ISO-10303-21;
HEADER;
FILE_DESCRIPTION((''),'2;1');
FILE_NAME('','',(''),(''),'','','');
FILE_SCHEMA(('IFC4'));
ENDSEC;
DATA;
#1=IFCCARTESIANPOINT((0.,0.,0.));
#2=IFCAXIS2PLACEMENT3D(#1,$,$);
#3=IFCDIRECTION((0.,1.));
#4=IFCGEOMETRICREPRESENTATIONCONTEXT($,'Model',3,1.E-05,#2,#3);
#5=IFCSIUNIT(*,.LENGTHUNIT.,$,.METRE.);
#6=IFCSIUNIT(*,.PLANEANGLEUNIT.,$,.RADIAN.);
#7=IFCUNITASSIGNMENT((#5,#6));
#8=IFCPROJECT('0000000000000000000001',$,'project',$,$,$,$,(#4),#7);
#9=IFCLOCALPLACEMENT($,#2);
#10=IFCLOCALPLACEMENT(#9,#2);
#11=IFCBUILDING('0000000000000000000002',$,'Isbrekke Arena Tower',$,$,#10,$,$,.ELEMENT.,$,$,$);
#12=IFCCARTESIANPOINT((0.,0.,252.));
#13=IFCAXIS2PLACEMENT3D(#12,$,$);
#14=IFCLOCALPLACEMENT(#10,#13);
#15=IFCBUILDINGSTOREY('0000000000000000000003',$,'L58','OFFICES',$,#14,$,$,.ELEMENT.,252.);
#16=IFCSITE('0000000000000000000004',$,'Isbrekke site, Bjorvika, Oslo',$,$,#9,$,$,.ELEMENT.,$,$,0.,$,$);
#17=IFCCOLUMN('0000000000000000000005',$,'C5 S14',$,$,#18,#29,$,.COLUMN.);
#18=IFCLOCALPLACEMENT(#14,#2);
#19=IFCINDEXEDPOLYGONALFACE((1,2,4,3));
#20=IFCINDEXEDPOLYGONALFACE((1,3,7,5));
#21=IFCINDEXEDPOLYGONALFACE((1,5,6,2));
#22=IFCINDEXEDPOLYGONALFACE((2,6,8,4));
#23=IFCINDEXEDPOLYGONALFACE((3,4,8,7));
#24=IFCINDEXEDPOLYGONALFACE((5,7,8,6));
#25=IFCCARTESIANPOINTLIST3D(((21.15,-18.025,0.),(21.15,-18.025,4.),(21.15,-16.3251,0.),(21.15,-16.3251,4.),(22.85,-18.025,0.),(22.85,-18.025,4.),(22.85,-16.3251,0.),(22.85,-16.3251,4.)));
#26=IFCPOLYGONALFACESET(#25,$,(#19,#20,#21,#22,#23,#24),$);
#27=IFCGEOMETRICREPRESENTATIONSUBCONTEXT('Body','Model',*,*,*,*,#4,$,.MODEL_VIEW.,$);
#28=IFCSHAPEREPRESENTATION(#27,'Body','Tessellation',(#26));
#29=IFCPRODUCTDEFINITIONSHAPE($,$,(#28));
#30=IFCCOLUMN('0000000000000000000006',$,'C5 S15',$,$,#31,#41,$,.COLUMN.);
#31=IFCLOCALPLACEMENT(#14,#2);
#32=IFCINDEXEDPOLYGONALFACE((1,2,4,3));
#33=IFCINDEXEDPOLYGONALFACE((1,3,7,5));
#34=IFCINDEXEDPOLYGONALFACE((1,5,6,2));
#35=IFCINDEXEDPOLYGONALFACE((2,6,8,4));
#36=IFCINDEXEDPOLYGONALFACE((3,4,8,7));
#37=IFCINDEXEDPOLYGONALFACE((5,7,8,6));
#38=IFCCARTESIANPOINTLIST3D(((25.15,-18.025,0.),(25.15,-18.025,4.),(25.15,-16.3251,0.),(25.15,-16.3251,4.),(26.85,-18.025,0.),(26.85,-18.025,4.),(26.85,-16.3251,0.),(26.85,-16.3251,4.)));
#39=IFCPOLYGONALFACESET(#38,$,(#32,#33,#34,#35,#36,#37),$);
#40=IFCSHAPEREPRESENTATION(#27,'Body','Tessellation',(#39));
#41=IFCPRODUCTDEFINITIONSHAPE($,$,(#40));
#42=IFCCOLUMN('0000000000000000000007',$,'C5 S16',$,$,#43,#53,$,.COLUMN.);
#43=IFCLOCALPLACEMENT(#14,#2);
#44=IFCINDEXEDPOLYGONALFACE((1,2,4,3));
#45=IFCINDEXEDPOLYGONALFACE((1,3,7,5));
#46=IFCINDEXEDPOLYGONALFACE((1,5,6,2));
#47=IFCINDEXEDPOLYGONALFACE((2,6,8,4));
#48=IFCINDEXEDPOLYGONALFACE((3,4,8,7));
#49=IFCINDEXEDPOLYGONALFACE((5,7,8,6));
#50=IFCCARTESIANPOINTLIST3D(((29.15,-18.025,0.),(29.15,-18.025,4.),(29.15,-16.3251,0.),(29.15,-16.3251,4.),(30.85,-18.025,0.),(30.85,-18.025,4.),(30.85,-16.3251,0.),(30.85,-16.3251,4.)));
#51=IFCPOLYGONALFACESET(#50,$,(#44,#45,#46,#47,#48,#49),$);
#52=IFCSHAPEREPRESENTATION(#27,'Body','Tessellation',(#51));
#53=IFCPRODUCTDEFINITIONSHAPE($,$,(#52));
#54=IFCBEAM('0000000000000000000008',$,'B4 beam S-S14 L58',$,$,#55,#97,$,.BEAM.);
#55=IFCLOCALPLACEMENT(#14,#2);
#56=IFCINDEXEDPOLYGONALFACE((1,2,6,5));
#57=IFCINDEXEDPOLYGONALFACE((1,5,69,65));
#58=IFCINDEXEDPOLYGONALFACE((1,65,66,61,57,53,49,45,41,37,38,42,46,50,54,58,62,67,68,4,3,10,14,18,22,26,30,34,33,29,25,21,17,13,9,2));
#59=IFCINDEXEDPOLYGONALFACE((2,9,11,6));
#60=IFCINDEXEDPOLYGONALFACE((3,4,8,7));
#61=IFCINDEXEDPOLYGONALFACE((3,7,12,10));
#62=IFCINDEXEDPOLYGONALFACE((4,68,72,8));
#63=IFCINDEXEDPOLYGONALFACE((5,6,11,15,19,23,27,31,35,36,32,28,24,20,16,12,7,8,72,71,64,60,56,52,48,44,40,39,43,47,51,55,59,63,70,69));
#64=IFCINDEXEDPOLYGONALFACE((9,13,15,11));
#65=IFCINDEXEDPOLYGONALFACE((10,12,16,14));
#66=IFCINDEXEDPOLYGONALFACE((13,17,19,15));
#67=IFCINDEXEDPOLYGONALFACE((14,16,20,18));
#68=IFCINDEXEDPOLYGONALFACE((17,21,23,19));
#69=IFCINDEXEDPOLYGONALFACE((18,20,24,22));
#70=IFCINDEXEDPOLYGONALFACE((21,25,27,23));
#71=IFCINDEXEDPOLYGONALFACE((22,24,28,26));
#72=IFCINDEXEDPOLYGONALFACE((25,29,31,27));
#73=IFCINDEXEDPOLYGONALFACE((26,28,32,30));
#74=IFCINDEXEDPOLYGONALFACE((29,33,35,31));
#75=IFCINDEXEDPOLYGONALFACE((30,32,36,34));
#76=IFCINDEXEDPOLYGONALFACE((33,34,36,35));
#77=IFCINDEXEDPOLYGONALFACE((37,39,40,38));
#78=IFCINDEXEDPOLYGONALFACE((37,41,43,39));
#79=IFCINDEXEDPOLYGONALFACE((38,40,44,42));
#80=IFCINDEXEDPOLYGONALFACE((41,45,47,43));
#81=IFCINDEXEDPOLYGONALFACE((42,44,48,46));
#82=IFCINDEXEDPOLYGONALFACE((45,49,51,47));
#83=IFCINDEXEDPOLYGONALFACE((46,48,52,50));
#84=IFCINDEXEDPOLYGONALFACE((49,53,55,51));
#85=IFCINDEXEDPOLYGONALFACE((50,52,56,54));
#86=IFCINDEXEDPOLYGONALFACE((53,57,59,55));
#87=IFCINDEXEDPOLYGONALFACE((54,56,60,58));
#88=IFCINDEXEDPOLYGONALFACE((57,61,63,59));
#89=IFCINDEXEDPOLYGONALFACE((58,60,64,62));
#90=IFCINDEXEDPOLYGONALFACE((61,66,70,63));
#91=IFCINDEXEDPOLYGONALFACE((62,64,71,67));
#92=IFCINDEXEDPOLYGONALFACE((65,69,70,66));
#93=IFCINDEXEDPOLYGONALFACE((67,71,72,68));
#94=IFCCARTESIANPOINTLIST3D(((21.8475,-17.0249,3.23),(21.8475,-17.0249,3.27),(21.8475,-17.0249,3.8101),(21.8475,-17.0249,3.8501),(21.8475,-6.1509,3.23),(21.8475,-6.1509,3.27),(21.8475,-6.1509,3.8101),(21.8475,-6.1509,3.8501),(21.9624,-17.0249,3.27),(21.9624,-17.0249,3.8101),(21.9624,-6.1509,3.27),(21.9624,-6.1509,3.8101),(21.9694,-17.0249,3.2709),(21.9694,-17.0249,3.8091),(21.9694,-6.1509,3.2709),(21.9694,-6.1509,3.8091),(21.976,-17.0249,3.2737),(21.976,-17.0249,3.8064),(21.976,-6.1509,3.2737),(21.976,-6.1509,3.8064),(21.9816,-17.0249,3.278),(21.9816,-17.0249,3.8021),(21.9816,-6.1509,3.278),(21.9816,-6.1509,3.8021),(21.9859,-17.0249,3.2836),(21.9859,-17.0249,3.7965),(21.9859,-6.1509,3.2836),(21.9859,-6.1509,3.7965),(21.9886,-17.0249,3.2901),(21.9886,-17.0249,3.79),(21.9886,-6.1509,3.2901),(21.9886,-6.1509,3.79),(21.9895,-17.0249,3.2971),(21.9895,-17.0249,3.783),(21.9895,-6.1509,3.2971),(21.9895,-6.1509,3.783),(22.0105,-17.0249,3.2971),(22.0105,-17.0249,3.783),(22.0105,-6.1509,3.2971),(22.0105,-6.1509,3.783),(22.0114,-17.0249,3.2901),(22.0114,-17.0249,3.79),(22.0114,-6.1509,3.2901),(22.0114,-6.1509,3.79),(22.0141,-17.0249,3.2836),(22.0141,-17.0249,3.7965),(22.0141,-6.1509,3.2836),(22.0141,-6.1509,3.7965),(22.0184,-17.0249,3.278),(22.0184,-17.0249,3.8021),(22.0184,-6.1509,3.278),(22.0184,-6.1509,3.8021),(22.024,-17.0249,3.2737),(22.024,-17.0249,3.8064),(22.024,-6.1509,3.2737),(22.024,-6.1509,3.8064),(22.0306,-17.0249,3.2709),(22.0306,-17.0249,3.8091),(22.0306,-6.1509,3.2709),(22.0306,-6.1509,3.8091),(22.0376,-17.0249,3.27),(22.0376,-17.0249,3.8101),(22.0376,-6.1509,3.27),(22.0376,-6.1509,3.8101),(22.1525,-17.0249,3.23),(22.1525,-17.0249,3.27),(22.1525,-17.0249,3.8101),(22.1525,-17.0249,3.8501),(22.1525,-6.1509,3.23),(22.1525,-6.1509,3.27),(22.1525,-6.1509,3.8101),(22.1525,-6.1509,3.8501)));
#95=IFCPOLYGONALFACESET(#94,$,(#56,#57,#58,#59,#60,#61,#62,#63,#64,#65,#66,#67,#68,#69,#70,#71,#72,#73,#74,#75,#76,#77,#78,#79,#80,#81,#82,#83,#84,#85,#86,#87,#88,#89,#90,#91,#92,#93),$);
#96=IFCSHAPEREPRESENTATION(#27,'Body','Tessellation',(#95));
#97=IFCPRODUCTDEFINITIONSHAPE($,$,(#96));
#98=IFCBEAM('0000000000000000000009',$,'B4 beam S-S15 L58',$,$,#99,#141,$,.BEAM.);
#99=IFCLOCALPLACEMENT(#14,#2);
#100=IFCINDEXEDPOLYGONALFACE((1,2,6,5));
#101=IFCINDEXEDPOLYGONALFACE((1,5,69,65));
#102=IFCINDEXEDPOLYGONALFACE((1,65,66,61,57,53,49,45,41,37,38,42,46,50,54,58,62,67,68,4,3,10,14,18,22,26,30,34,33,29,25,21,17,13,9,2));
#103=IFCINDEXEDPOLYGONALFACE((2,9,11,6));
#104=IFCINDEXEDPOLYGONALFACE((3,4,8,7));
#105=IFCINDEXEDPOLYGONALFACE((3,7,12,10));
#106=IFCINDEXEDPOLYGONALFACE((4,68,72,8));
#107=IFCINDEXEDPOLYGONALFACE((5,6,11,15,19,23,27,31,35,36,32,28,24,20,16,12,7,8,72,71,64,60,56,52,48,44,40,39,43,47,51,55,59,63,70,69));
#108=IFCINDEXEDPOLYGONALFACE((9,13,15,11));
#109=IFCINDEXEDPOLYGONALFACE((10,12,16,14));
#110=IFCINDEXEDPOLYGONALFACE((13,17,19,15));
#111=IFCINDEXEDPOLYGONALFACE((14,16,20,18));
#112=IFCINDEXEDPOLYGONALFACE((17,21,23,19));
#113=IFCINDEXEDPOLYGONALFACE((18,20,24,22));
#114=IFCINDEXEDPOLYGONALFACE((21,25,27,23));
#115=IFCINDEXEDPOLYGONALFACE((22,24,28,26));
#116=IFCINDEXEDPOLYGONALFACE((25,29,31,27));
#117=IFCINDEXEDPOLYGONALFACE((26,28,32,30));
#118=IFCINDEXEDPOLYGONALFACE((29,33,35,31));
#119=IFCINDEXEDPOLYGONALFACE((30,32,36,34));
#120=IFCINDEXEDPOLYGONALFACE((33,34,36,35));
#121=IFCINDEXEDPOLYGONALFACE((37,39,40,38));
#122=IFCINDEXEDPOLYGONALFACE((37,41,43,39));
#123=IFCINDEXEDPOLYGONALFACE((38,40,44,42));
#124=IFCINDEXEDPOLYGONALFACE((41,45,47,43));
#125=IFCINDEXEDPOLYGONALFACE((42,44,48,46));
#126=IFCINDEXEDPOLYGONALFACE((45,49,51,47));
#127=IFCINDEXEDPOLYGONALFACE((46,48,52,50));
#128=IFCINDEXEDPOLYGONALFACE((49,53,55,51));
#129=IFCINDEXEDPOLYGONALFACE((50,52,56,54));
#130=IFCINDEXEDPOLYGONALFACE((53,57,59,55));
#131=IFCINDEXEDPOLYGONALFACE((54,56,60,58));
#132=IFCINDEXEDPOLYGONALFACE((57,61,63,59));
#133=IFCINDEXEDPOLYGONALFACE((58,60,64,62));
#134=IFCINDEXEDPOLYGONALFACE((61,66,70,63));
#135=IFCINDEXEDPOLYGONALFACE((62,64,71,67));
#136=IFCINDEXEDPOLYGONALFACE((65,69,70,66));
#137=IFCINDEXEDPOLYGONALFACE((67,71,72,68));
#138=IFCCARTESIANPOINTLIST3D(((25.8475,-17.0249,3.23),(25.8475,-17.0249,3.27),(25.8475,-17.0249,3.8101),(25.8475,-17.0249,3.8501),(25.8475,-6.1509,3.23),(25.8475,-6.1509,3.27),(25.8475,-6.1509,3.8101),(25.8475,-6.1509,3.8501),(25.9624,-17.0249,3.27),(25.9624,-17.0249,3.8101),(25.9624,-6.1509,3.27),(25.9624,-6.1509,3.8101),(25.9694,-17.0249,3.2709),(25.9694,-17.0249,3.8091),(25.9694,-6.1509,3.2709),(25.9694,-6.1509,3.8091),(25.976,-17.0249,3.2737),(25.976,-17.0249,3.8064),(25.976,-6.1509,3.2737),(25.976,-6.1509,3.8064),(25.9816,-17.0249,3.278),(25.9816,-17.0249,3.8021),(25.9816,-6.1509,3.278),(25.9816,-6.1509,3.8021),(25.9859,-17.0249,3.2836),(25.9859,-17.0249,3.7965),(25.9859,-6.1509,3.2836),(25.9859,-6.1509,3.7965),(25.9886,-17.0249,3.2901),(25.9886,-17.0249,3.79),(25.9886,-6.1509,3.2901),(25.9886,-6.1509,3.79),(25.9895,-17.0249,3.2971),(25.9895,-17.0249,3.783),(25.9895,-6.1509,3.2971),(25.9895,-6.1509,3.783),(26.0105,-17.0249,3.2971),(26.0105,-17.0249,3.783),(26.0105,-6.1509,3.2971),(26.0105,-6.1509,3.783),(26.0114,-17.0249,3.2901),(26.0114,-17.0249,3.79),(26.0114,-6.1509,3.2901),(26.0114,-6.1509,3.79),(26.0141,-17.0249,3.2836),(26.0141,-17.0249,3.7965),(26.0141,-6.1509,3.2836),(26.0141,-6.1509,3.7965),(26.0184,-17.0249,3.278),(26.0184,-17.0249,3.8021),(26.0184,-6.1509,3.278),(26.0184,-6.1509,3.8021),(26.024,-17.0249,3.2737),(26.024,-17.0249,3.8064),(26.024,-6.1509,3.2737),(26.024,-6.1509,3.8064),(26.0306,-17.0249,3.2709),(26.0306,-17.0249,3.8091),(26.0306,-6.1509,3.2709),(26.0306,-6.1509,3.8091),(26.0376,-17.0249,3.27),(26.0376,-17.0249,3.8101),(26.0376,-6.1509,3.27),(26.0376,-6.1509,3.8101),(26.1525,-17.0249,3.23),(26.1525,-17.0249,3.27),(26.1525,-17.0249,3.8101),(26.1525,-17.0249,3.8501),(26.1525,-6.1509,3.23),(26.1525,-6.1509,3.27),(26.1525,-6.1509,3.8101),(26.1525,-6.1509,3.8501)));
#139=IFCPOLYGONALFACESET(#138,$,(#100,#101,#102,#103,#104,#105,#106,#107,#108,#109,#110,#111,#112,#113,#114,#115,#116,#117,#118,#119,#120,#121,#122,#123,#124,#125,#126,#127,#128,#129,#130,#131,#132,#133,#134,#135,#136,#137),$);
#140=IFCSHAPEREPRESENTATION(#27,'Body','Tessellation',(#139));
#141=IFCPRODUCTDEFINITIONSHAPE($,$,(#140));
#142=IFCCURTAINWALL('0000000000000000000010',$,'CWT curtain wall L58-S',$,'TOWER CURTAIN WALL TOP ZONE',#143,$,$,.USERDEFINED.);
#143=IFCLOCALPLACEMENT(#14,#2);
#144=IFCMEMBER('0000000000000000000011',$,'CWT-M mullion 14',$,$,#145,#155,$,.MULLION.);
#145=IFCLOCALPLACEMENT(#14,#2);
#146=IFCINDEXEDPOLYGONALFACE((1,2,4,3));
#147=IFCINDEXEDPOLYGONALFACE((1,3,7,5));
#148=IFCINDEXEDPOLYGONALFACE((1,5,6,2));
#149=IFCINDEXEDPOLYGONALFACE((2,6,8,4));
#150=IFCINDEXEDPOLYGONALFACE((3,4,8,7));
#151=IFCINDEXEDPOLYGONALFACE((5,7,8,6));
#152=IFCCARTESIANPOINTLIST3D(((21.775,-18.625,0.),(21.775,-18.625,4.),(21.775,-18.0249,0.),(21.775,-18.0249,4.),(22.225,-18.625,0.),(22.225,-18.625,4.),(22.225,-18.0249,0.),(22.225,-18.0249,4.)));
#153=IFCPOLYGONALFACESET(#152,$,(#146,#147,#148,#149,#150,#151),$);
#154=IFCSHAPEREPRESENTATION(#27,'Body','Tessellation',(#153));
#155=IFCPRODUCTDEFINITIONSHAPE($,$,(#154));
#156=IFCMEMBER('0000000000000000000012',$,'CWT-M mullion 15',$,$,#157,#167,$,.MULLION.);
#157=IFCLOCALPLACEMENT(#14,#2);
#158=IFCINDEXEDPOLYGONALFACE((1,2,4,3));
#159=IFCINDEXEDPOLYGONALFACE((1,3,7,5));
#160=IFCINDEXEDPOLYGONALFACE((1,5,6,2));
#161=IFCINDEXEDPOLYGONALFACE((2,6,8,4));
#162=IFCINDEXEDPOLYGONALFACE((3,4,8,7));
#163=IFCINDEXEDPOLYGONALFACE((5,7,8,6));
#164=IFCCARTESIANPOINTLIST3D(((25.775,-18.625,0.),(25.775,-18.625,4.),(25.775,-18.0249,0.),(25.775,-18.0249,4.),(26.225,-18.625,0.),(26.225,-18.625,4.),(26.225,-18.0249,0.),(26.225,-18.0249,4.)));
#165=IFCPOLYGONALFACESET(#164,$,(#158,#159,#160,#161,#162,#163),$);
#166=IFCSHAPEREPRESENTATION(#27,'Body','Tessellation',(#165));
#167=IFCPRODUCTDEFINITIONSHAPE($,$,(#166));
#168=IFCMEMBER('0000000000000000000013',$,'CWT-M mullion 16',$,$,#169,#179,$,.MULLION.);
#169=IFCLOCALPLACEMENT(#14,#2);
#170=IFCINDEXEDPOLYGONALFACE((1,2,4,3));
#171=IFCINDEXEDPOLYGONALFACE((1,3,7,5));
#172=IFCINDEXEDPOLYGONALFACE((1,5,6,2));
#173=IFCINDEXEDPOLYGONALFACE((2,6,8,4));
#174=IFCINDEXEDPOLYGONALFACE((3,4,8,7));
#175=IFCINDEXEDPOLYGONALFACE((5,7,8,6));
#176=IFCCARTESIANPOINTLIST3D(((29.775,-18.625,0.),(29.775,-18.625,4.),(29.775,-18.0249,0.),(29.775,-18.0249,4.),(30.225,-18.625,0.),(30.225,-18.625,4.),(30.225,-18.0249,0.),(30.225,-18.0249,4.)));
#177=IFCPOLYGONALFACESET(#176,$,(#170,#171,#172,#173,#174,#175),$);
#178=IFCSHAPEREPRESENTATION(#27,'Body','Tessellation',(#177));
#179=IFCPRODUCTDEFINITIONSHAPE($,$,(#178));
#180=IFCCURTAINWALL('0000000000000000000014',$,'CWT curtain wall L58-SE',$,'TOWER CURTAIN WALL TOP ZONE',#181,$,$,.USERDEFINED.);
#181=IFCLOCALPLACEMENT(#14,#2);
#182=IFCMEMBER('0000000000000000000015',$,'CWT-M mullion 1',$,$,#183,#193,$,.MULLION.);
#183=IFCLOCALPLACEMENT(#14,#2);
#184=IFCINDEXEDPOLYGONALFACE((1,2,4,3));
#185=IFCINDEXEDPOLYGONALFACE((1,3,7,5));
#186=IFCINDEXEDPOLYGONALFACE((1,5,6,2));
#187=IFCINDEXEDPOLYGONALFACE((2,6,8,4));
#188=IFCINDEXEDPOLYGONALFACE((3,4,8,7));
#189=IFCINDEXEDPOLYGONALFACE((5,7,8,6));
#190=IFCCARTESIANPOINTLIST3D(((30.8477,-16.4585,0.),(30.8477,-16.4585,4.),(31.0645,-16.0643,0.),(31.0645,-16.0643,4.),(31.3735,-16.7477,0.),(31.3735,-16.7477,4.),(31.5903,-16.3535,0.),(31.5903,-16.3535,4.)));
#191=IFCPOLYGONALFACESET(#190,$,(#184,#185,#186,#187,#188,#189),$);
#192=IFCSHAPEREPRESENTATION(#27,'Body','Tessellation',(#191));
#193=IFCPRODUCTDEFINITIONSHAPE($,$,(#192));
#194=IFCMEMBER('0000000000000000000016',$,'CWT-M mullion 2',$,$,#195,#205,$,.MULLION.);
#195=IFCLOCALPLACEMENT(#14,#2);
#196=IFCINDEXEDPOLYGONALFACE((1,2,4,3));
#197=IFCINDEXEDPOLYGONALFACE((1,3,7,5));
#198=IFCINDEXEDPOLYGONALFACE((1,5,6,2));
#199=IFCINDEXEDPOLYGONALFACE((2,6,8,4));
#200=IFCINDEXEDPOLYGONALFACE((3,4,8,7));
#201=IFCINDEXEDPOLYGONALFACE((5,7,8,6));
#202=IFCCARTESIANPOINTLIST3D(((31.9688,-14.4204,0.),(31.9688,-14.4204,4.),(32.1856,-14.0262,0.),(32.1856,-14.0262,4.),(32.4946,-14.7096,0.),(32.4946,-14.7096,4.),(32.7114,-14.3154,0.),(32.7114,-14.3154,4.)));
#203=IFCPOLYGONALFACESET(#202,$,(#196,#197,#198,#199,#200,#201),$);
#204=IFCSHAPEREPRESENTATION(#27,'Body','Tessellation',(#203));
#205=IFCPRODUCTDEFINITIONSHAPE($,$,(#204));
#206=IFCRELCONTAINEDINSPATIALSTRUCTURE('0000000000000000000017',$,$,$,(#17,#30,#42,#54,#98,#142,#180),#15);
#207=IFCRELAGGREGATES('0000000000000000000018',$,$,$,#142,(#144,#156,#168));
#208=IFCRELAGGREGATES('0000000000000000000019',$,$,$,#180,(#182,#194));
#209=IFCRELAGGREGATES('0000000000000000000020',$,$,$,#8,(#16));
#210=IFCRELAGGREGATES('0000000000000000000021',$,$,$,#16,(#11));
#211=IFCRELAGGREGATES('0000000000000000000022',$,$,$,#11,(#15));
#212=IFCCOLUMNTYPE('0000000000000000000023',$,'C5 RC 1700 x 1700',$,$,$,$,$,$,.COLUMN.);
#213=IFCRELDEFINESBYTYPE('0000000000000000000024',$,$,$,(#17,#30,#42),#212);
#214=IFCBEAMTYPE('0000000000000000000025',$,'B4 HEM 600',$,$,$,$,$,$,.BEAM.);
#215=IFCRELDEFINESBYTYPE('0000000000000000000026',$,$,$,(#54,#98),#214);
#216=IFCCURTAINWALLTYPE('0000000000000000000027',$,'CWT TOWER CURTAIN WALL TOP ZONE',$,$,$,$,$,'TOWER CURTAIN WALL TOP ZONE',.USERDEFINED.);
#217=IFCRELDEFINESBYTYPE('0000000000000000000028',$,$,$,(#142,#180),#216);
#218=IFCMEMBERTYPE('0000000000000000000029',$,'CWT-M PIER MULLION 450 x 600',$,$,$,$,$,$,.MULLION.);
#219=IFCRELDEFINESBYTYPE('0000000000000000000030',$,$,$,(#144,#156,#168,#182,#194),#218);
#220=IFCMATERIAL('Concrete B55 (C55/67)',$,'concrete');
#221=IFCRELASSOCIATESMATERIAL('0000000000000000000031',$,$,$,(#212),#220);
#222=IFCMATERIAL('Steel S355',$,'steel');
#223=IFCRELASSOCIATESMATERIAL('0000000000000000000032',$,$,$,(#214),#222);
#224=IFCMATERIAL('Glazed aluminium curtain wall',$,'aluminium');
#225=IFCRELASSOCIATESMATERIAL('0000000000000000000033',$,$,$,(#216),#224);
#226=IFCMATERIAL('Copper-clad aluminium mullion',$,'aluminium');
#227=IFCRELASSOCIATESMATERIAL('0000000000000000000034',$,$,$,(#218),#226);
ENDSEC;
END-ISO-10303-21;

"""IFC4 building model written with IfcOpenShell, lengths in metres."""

from ifc_helpers import new_model, si_unit, direction, frame, origin, origin_2d, place, context, subcontext, project, spatial, rectangle, i_section, extrude, material, material_profile, profile_set, type_object, element, aggregate, save


model = new_model("IFC4")

# Units and contexts
model_context = context("Model", 3, precision=1e-05, world=origin(), true_north=direction((0.0, 1.0)))
body_context = subcontext(model_context, "Body", "Model", "MODEL_VIEW")
ifc_project = project(units=[si_unit("LENGTHUNIT", "METRE"), si_unit("PLANEANGLEUNIT", "RADIAN")], contexts=[model_context])

# Site, building, storey
site_placement = place(None, origin())
site = spatial("IfcSite", under=ifc_project, at=site_placement, Name="Isbrekke site, Bjorvika, Oslo", CompositionType="ELEMENT", RefElevation=0.0)
building_placement = place(site_placement, origin())
building = spatial("IfcBuilding", under=site, at=building_placement, Name="Isbrekke Arena Tower", CompositionType="ELEMENT")
storey_placement = place(building_placement, frame((0.0, 0.0, 252.0)))
storey = spatial("IfcBuildingStorey", under=building, at=storey_placement, Name="L58", Description="OFFICES", CompositionType="ELEMENT", Elevation=252.0)

# Columns
ifc_material_1 = material(Name="Concrete B55 (C55/67)", Category="concrete")
ifc_material_profile_1 = material_profile(ifc_material_1, rectangle(XDim=1.7, YDim=1.7, at=origin_2d()), Name="RC 1700x1700")
ifc_profile_set_1 = profile_set([ifc_material_profile_1], Name="Concrete B55 (C55/67)")
column_type = type_object("IfcColumnType", Name="C5 RC 1700 x 1700", PredefinedType="COLUMN", material=ifc_profile_set_1)
for number, where, z_axis, x_axis, name in (
    (1, (22.0, -17.175, 0.0), (0.0, 0.0, 1.0), (1.0, 0.0, 0.0), "C5 S14"),
    (2, (26.0, -17.175, 0.0), (0.0, 0.0, 1.0), (1.0, 0.0, 0.0), "C5 S15"),
    (3, (30.0, -17.175, 0.0), (0.0, 0.0, 1.0), (1.0, 0.0, 0.0), "C5 S16"),
):
    element("IfcColumn", number, at=place(storey_placement, frame(where, z_axis=z_axis, x_axis=x_axis)), inside=storey, type_object=column_type, Name=name, PredefinedType="COLUMN", context=body_context, shape_type="SweptSolid", body=[
        extrude(rectangle(XDim=1.7, YDim=1.7, at=origin_2d()), origin(), (0.0, 0.0, 1.0), 4.0),
    ])

# Beams
ifc_material_2 = material(Name="Steel S355", Category="steel")
ifc_material_profile_2 = material_profile(ifc_material_2, i_section(OverallWidth=0.3049, OverallDepth=0.6201, WebThickness=0.021, FlangeThickness=0.04, FilletRadius=0.0271, at=origin_2d()), Name="HEM 600")
ifc_profile_set_2 = profile_set([ifc_material_profile_2], Name="Steel S355")
beam_type_1 = type_object("IfcBeamType", Name="B4 HEM 600", PredefinedType="BEAM", material=ifc_profile_set_2)
for number, where, z_axis, x_axis, name in (
    (4, (22.0, -17.0249, 3.54), (0.0, 1.0, 0.0), (-1.0, 0.0, 0.0), "B4 beam S-S14 L58"),
    (5, (26.0, -17.0249, 3.54), (0.0, 1.0, 0.0), (-1.0, 0.0, 0.0), "B4 beam S-S15 L58"),
):
    element("IfcBeam", number, at=place(storey_placement, frame(where, z_axis=z_axis, x_axis=x_axis)), inside=storey, type_object=beam_type_1, Name=name, PredefinedType="BEAM", context=body_context, shape_type="SweptSolid", body=[
        extrude(i_section(OverallWidth=0.3049, OverallDepth=0.6201, WebThickness=0.021, FlangeThickness=0.04, FilletRadius=0.0271, at=origin_2d()), origin(), (0.0, 0.0, 1.0), 10.874),
    ])

# Curtain walls, members
ifc_material_3 = material(Name="Glazed aluminium curtain wall", Category="aluminium")
curtain_wall_type = type_object("IfcCurtainWallType", Name="CWT TOWER CURTAIN WALL TOP ZONE", ElementType="TOWER CURTAIN WALL TOP ZONE", PredefinedType="USERDEFINED", material=ifc_material_3)
curtain_wall_1_placement = place(storey_placement, origin())
curtain_wall_1 = element("IfcCurtainWall", 6, at=curtain_wall_1_placement, inside=storey, type_object=curtain_wall_type, Name="CWT curtain wall L58-S", ObjectType="TOWER CURTAIN WALL TOP ZONE", PredefinedType="USERDEFINED")
ifc_material_4 = material(Name="Copper-clad aluminium mullion", Category="aluminium")
ifc_material_profile_3 = material_profile(ifc_material_4, rectangle(XDim=0.45, YDim=0.6001, at=origin_2d()), Name="PIER 450X600")
ifc_profile_set_3 = profile_set([ifc_material_profile_3], Name="Copper-clad aluminium mullion")
member_type_1 = type_object("IfcMemberType", Name="CWT-M PIER MULLION 450 x 600", PredefinedType="MULLION", material=ifc_profile_set_3)
member_1_placement = place(storey_placement, frame((22.0, -18.325, 0.0), z_axis=(0.0, 0.0, 1.0), x_axis=(1.0, 0.0, 0.0)))
member_1 = element("IfcMember", 7, at=member_1_placement, type_object=member_type_1, Name="CWT-M mullion 14", PredefinedType="MULLION", context=body_context, shape_type="SweptSolid", body=[
    extrude(rectangle(XDim=0.45, YDim=0.6001, at=origin_2d()), origin(), (0.0, 0.0, 1.0), 4.0),
])
member_2_placement = place(storey_placement, frame((26.0, -18.325, 0.0), z_axis=(0.0, 0.0, 1.0), x_axis=(1.0, 0.0, 0.0)))
member_2 = element("IfcMember", 8, at=member_2_placement, type_object=member_type_1, Name="CWT-M mullion 15", PredefinedType="MULLION", context=body_context, shape_type="SweptSolid", body=[
    extrude(rectangle(XDim=0.45, YDim=0.6001, at=origin_2d()), origin(), (0.0, 0.0, 1.0), 4.0),
])
member_3_placement = place(storey_placement, frame((30.0, -18.325, 0.0), z_axis=(0.0, 0.0, 1.0), x_axis=(1.0, 0.0, 0.0)))
member_3 = element("IfcMember", 9, at=member_3_placement, type_object=member_type_1, Name="CWT-M mullion 16", PredefinedType="MULLION", context=body_context, shape_type="SweptSolid", body=[
    extrude(rectangle(XDim=0.45, YDim=0.6001, at=origin_2d()), origin(), (0.0, 0.0, 1.0), 4.0),
])
curtain_wall_2_placement = place(storey_placement, origin())
curtain_wall_2 = element("IfcCurtainWall", 10, at=curtain_wall_2_placement, inside=storey, type_object=curtain_wall_type, Name="CWT curtain wall L58-SE", ObjectType="TOWER CURTAIN WALL TOP ZONE", PredefinedType="USERDEFINED")
member_4_placement = place(storey_placement, frame((31.219, -16.406, 0.0), z_axis=(0.0, 0.0, 1.0), x_axis=(0.481919, 0.876216, 0.0)))
member_4 = element("IfcMember", 11, at=member_4_placement, type_object=member_type_1, Name="CWT-M mullion 1", PredefinedType="MULLION", context=body_context, shape_type="SweptSolid", body=[
    extrude(rectangle(XDim=0.45, YDim=0.6001, at=origin_2d()), origin(), (0.0, 0.0, 1.0), 4.0),
])
member_5_placement = place(storey_placement, frame((32.3401, -14.3679, 0.0), z_axis=(0.0, 0.0, 1.0), x_axis=(0.481919, 0.876216, 0.0)))
member_5 = element("IfcMember", 12, at=member_5_placement, type_object=member_type_1, Name="CWT-M mullion 2", PredefinedType="MULLION", context=body_context, shape_type="SweptSolid", body=[
    extrude(rectangle(XDim=0.45, YDim=0.6001, at=origin_2d()), origin(), (0.0, 0.0, 1.0), 4.0),
])

aggregate(curtain_wall_1, [member_1, member_2, member_3])
aggregate(curtain_wall_2, [member_4, member_5])

save(model, "model.ifc")
